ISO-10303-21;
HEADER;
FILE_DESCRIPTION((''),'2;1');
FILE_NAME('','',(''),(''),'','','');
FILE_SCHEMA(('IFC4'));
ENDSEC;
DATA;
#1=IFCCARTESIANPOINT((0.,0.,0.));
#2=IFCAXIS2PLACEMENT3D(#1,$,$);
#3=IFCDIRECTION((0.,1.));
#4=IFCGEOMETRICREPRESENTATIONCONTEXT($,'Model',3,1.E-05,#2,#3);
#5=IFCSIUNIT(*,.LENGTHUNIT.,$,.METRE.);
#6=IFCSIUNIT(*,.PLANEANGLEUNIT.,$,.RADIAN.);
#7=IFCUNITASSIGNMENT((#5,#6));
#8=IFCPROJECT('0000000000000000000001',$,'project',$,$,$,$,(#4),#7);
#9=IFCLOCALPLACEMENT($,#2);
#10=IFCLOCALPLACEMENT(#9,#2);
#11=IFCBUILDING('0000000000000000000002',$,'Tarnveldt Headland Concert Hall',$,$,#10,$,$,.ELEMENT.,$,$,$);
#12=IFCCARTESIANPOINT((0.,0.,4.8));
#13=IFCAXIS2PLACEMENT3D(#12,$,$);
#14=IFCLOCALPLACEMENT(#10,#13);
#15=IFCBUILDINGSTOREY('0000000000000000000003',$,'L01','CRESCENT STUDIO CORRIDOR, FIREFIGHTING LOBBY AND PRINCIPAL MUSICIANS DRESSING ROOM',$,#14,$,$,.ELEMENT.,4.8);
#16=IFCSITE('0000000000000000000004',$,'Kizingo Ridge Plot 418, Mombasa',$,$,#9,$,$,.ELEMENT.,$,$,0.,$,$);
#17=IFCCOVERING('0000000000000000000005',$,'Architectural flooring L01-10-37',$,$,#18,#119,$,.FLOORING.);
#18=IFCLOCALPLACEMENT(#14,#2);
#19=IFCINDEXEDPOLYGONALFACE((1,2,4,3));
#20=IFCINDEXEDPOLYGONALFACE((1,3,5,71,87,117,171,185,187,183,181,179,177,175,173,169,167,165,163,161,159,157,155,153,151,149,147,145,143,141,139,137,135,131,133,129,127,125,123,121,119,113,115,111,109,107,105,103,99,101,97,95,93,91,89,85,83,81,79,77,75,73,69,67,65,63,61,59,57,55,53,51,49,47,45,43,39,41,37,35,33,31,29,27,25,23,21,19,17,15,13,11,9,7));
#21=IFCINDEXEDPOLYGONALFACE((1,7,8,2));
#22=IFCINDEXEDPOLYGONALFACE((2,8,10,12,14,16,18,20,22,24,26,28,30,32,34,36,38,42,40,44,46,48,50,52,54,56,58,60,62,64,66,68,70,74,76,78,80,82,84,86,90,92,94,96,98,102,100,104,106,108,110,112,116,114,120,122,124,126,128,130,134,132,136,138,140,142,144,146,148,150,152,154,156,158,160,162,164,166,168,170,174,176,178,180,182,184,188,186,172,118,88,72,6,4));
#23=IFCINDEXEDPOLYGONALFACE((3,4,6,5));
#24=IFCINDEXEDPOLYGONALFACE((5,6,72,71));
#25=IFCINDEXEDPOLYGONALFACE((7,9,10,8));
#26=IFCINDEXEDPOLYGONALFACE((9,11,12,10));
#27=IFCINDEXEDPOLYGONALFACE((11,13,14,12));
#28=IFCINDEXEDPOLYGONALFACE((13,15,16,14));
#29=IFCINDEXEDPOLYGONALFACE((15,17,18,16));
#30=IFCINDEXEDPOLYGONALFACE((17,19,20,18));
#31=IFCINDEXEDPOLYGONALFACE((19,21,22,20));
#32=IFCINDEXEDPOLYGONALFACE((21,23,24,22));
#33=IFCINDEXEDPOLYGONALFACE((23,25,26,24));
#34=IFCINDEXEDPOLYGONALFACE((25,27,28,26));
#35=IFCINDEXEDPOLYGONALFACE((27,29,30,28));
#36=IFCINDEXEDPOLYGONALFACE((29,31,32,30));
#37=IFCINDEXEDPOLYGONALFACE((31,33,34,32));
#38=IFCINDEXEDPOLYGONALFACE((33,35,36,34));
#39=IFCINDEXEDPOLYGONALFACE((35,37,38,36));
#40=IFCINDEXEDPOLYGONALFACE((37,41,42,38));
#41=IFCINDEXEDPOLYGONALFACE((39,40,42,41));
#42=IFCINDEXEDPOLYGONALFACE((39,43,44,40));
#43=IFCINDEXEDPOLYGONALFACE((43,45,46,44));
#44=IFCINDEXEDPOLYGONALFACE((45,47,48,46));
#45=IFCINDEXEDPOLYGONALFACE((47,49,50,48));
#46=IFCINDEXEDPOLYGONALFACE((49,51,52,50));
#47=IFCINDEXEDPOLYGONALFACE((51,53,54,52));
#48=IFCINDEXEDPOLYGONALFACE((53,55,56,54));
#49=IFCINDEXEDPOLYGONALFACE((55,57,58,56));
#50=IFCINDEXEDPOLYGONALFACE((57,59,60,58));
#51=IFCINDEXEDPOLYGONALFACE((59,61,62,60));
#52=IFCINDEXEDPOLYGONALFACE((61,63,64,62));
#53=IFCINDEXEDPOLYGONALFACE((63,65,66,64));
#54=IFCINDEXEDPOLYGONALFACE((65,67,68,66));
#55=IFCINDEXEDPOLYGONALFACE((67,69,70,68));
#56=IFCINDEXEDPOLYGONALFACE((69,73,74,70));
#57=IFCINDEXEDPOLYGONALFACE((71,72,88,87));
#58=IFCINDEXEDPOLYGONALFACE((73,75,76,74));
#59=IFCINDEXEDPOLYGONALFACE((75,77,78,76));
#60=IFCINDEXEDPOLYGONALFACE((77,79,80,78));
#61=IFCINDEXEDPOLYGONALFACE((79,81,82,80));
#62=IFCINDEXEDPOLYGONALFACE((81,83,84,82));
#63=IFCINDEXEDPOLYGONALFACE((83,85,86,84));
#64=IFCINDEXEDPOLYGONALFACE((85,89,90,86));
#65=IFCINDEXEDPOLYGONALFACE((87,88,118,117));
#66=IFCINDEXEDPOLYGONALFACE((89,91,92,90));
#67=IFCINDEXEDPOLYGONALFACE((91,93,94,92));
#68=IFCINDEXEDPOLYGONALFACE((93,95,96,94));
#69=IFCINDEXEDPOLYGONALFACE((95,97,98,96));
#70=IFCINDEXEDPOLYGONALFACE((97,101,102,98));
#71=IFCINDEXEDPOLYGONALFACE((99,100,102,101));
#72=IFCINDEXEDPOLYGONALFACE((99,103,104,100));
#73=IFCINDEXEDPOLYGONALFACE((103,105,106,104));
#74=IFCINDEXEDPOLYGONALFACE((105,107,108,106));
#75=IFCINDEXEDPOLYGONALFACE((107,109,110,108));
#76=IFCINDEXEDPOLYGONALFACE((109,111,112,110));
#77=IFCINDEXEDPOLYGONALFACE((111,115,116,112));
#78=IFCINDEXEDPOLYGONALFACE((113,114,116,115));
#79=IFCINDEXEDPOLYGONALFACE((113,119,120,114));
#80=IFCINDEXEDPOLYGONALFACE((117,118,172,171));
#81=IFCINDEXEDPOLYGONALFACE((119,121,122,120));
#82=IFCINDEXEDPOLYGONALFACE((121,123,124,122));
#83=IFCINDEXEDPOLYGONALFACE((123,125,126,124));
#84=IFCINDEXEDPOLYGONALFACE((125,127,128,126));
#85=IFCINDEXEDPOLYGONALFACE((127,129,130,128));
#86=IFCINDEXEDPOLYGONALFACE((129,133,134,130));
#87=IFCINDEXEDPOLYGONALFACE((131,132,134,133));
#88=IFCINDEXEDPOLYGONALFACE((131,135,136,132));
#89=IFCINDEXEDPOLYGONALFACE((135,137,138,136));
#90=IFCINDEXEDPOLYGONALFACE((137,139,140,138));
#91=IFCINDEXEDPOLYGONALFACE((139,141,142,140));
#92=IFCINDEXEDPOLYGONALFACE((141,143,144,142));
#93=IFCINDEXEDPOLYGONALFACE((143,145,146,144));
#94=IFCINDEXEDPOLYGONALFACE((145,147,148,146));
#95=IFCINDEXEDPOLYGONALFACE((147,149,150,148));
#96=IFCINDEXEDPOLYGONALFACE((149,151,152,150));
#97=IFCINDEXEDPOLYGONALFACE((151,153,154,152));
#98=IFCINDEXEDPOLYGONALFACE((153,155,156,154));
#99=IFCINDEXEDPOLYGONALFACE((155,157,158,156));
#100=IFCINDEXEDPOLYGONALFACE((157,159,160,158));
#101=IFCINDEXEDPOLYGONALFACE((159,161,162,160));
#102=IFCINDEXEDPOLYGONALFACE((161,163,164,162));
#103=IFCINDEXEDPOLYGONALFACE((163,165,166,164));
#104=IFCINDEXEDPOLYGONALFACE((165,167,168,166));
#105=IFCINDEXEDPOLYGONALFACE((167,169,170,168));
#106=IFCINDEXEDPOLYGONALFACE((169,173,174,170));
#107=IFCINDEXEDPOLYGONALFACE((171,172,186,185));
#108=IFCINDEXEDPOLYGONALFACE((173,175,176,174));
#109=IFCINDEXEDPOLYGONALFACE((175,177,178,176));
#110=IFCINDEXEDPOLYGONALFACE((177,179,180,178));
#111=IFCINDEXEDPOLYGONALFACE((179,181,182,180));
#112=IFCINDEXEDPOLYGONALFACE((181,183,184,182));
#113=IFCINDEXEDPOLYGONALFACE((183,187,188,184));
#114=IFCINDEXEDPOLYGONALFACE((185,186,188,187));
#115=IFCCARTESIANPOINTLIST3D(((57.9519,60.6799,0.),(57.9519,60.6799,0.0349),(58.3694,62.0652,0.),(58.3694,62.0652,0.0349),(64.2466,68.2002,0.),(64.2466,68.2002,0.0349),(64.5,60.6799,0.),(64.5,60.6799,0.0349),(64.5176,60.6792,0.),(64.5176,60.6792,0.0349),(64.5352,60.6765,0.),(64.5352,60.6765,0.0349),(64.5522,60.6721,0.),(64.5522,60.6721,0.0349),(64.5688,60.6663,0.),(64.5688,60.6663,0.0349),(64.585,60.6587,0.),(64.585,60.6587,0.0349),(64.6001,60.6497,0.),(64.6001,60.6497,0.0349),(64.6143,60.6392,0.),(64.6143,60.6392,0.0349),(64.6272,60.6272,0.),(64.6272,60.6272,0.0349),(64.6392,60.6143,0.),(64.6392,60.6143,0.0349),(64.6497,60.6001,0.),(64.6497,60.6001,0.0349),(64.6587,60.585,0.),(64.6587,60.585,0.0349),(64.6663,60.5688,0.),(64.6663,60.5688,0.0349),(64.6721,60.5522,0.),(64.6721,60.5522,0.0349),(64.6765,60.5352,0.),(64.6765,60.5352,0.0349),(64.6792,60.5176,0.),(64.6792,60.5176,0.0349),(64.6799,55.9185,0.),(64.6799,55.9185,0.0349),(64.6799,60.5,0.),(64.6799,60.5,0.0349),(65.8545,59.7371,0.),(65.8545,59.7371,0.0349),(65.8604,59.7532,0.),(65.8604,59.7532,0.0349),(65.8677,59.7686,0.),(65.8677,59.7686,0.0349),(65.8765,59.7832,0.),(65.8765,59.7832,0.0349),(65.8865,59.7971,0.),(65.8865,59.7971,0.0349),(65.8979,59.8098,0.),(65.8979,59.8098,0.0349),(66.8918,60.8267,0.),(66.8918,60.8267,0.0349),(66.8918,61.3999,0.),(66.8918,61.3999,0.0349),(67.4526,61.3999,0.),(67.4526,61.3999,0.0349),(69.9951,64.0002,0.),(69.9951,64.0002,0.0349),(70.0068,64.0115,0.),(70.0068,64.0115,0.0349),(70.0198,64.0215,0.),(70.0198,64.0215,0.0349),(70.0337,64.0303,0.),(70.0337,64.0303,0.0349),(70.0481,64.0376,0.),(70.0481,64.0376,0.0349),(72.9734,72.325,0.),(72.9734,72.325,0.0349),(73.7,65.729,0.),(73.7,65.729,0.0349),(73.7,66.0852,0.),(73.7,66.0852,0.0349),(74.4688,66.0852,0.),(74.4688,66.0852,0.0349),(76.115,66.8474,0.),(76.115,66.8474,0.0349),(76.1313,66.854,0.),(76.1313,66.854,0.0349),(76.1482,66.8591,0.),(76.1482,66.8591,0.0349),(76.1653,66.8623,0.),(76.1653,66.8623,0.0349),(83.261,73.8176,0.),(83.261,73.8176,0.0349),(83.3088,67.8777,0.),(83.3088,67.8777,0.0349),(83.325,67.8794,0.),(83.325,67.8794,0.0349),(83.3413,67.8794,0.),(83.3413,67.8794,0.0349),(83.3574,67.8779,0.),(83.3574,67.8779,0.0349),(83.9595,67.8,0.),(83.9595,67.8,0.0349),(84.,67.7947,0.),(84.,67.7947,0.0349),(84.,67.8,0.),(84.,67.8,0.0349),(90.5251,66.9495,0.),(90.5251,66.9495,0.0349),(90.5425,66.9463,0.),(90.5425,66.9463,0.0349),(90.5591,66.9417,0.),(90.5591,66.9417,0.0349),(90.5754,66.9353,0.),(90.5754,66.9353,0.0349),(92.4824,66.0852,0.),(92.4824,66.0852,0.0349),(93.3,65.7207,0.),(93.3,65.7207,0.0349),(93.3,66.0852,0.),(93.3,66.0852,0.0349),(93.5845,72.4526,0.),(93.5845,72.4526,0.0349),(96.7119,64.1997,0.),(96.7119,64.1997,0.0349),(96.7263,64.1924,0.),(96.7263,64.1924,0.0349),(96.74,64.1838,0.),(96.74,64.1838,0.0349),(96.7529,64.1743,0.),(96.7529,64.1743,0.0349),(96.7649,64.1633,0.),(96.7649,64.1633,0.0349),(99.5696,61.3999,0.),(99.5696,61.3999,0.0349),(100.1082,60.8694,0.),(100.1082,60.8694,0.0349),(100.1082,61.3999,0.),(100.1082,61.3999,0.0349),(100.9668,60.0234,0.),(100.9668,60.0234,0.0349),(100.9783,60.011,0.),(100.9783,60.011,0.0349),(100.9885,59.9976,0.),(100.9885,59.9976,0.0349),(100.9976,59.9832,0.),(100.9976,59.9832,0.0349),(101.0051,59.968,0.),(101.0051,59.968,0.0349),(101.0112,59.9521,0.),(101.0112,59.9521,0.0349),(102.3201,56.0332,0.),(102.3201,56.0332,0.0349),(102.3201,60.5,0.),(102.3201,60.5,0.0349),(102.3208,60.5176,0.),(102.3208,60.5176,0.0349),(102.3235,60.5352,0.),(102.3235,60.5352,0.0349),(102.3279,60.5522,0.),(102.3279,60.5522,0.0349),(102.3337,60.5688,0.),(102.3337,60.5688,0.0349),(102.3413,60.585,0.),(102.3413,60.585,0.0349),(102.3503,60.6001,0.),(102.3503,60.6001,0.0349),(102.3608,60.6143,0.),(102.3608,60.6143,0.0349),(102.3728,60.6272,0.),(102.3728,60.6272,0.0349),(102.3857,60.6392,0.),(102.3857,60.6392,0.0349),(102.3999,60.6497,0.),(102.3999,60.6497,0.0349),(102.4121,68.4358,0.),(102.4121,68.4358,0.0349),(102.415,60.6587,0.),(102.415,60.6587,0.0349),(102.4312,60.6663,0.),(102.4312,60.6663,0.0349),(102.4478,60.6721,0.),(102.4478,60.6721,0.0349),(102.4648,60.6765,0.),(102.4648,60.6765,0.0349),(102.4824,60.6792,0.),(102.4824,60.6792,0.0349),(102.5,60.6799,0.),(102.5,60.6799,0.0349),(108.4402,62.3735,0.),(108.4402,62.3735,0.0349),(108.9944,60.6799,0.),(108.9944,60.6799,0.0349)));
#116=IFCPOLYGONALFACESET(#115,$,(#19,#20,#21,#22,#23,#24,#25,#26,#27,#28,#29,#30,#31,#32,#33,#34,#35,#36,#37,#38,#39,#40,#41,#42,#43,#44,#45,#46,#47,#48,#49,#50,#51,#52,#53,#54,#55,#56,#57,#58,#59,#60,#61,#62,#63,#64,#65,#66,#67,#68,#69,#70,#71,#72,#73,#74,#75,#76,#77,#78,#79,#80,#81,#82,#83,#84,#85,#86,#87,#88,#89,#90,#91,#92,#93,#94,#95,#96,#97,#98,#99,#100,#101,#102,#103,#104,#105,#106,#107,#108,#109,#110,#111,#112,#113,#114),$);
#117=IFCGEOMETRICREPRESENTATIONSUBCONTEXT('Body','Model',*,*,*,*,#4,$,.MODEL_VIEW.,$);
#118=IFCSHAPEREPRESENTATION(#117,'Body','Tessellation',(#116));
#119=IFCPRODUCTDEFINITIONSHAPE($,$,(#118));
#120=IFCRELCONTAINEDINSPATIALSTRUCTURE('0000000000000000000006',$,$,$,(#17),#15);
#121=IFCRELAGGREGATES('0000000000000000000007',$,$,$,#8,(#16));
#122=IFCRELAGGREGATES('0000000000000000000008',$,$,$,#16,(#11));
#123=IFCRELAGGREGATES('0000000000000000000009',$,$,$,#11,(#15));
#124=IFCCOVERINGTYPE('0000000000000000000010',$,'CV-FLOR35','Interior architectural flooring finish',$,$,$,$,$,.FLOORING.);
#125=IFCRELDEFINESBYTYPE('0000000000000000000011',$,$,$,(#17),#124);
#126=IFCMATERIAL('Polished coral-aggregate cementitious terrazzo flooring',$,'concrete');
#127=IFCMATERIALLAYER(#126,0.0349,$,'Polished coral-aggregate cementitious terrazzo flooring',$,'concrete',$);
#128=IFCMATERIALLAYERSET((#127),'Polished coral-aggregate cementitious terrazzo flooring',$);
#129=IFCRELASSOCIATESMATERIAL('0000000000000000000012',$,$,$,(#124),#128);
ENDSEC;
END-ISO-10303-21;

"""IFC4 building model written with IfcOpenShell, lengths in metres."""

from ifc_helpers import new_model, si_unit, direction, frame, origin, place, context, subcontext, project, spatial, polyline, outline, extrude, material, layer, layer_set, type_object, element, save


model = new_model("IFC4")

# Units and contexts
model_context = context("Model", 3, precision=1e-05, world=origin(), true_north=direction((0.0, 1.0)))
body_context = subcontext(model_context, "Body", "Model", "MODEL_VIEW")
ifc_project = project(units=[si_unit("LENGTHUNIT", "METRE"), si_unit("PLANEANGLEUNIT", "RADIAN")], contexts=[model_context])

# Site, building, storey
site_placement = place(None, origin())
site = spatial("IfcSite", under=ifc_project, at=site_placement, Name="Kizingo Ridge Plot 418, Mombasa", CompositionType="ELEMENT", RefElevation=0.0)
building_placement = place(site_placement, origin())
building = spatial("IfcBuilding", under=site, at=building_placement, Name="Tarnveldt Headland Concert Hall", CompositionType="ELEMENT")
storey_placement = place(building_placement, frame((0.0, 0.0, 4.8)))
storey = spatial("IfcBuildingStorey", under=building, at=storey_placement, Name="L01", Description="CRESCENT STUDIO CORRIDOR, FIREFIGHTING LOBBY AND PRINCIPAL MUSICIANS DRESSING ROOM", CompositionType="ELEMENT", Elevation=4.8)

# Covering
ifc_material_1 = material(Name="Polished coral-aggregate cementitious terrazzo flooring", Category="concrete")
ifc_layer_1 = layer(ifc_material_1, 0.0349, Name="Polished coral-aggregate cementitious terrazzo flooring", Category="concrete")
ifc_layer_set_1 = layer_set([ifc_layer_1], Name="Polished coral-aggregate cementitious terrazzo flooring")
covering_type_1 = type_object("IfcCoveringType", Name="CV-FLOR35", Description="Interior architectural flooring finish", PredefinedType="FLOORING", material=ifc_layer_set_1)
covering_1_placement = place(storey_placement, origin())
element("IfcCovering", 1, at=covering_1_placement, inside=storey, type_object=covering_type_1, Name="Architectural flooring L01-10-37", PredefinedType="FLOORING", context=body_context, shape_type="SweptSolid", body=[
    extrude(outline(polyline([(108.9944, 60.6799), (102.5, 60.6799), (102.4824, 60.6792), (102.4648, 60.6765), (102.4478, 60.6721), (102.4312, 60.6663), (102.415, 60.6587), (102.3999, 60.6497), (102.3857, 60.6392), (102.3728, 60.6272), (102.3608, 60.6143), (102.3503, 60.6001), (102.3413, 60.585), (102.3337, 60.5688), (102.3279, 60.5522), (102.3235, 60.5352), (102.3208, 60.5176), (102.3201, 60.5), (102.3201, 56.0332), (101.0112, 59.9521), (101.0051, 59.968), (100.9976, 59.9832), (100.9885, 59.9976), (100.9783, 60.011), (100.9668, 60.0234), (100.1082, 60.8694), (100.1082, 61.3999), (99.5696, 61.3999), (96.7649, 64.1633), (96.7529, 64.1743), (96.74, 64.1838), (96.7263, 64.1924), (96.7119, 64.1997), (93.3, 65.7207), (93.3, 66.0852), (92.4824, 66.0852), (90.5754, 66.9353), (90.5591, 66.9417), (90.5425, 66.9463), (90.5251, 66.9495), (84.0, 67.7947), (84.0, 67.8), (83.9595, 67.8), (83.3574, 67.8779), (83.3413, 67.8794), (83.325, 67.8794), (83.3088, 67.8777), (76.1653, 66.8623), (76.1482, 66.8591), (76.1313, 66.854), (76.115, 66.8474), (74.4688, 66.0852), (73.7, 66.0852), (73.7, 65.729), (70.0481, 64.0376), (70.0337, 64.0303), (70.0198, 64.0215), (70.0068, 64.0115), (69.9951, 64.0002), (67.4526, 61.3999), (66.8918, 61.3999), (66.8918, 60.8267), (65.8979, 59.8098), (65.8865, 59.7971), (65.8765, 59.7832), (65.8677, 59.7686), (65.8604, 59.7532), (65.8545, 59.7371), (64.6799, 55.9185), (64.6799, 60.5), (64.6792, 60.5176), (64.6765, 60.5352), (64.6721, 60.5522), (64.6663, 60.5688), (64.6587, 60.585), (64.6497, 60.6001), (64.6392, 60.6143), (64.6272, 60.6272), (64.6143, 60.6392), (64.6001, 60.6497), (64.585, 60.6587), (64.5688, 60.6663), (64.5522, 60.6721), (64.5352, 60.6765), (64.5176, 60.6792), (64.5, 60.6799), (57.9519, 60.6799), (58.3694, 62.0652), (64.2466, 68.2002), (72.9734, 72.325), (83.261, 73.8176), (93.5845, 72.4526), (102.4121, 68.4358), (108.4402, 62.3735), (108.9944, 60.6799)])), origin(), (0.0, 0.0, 1.0), 0.0349),
])

save(model, "model.ifc")
